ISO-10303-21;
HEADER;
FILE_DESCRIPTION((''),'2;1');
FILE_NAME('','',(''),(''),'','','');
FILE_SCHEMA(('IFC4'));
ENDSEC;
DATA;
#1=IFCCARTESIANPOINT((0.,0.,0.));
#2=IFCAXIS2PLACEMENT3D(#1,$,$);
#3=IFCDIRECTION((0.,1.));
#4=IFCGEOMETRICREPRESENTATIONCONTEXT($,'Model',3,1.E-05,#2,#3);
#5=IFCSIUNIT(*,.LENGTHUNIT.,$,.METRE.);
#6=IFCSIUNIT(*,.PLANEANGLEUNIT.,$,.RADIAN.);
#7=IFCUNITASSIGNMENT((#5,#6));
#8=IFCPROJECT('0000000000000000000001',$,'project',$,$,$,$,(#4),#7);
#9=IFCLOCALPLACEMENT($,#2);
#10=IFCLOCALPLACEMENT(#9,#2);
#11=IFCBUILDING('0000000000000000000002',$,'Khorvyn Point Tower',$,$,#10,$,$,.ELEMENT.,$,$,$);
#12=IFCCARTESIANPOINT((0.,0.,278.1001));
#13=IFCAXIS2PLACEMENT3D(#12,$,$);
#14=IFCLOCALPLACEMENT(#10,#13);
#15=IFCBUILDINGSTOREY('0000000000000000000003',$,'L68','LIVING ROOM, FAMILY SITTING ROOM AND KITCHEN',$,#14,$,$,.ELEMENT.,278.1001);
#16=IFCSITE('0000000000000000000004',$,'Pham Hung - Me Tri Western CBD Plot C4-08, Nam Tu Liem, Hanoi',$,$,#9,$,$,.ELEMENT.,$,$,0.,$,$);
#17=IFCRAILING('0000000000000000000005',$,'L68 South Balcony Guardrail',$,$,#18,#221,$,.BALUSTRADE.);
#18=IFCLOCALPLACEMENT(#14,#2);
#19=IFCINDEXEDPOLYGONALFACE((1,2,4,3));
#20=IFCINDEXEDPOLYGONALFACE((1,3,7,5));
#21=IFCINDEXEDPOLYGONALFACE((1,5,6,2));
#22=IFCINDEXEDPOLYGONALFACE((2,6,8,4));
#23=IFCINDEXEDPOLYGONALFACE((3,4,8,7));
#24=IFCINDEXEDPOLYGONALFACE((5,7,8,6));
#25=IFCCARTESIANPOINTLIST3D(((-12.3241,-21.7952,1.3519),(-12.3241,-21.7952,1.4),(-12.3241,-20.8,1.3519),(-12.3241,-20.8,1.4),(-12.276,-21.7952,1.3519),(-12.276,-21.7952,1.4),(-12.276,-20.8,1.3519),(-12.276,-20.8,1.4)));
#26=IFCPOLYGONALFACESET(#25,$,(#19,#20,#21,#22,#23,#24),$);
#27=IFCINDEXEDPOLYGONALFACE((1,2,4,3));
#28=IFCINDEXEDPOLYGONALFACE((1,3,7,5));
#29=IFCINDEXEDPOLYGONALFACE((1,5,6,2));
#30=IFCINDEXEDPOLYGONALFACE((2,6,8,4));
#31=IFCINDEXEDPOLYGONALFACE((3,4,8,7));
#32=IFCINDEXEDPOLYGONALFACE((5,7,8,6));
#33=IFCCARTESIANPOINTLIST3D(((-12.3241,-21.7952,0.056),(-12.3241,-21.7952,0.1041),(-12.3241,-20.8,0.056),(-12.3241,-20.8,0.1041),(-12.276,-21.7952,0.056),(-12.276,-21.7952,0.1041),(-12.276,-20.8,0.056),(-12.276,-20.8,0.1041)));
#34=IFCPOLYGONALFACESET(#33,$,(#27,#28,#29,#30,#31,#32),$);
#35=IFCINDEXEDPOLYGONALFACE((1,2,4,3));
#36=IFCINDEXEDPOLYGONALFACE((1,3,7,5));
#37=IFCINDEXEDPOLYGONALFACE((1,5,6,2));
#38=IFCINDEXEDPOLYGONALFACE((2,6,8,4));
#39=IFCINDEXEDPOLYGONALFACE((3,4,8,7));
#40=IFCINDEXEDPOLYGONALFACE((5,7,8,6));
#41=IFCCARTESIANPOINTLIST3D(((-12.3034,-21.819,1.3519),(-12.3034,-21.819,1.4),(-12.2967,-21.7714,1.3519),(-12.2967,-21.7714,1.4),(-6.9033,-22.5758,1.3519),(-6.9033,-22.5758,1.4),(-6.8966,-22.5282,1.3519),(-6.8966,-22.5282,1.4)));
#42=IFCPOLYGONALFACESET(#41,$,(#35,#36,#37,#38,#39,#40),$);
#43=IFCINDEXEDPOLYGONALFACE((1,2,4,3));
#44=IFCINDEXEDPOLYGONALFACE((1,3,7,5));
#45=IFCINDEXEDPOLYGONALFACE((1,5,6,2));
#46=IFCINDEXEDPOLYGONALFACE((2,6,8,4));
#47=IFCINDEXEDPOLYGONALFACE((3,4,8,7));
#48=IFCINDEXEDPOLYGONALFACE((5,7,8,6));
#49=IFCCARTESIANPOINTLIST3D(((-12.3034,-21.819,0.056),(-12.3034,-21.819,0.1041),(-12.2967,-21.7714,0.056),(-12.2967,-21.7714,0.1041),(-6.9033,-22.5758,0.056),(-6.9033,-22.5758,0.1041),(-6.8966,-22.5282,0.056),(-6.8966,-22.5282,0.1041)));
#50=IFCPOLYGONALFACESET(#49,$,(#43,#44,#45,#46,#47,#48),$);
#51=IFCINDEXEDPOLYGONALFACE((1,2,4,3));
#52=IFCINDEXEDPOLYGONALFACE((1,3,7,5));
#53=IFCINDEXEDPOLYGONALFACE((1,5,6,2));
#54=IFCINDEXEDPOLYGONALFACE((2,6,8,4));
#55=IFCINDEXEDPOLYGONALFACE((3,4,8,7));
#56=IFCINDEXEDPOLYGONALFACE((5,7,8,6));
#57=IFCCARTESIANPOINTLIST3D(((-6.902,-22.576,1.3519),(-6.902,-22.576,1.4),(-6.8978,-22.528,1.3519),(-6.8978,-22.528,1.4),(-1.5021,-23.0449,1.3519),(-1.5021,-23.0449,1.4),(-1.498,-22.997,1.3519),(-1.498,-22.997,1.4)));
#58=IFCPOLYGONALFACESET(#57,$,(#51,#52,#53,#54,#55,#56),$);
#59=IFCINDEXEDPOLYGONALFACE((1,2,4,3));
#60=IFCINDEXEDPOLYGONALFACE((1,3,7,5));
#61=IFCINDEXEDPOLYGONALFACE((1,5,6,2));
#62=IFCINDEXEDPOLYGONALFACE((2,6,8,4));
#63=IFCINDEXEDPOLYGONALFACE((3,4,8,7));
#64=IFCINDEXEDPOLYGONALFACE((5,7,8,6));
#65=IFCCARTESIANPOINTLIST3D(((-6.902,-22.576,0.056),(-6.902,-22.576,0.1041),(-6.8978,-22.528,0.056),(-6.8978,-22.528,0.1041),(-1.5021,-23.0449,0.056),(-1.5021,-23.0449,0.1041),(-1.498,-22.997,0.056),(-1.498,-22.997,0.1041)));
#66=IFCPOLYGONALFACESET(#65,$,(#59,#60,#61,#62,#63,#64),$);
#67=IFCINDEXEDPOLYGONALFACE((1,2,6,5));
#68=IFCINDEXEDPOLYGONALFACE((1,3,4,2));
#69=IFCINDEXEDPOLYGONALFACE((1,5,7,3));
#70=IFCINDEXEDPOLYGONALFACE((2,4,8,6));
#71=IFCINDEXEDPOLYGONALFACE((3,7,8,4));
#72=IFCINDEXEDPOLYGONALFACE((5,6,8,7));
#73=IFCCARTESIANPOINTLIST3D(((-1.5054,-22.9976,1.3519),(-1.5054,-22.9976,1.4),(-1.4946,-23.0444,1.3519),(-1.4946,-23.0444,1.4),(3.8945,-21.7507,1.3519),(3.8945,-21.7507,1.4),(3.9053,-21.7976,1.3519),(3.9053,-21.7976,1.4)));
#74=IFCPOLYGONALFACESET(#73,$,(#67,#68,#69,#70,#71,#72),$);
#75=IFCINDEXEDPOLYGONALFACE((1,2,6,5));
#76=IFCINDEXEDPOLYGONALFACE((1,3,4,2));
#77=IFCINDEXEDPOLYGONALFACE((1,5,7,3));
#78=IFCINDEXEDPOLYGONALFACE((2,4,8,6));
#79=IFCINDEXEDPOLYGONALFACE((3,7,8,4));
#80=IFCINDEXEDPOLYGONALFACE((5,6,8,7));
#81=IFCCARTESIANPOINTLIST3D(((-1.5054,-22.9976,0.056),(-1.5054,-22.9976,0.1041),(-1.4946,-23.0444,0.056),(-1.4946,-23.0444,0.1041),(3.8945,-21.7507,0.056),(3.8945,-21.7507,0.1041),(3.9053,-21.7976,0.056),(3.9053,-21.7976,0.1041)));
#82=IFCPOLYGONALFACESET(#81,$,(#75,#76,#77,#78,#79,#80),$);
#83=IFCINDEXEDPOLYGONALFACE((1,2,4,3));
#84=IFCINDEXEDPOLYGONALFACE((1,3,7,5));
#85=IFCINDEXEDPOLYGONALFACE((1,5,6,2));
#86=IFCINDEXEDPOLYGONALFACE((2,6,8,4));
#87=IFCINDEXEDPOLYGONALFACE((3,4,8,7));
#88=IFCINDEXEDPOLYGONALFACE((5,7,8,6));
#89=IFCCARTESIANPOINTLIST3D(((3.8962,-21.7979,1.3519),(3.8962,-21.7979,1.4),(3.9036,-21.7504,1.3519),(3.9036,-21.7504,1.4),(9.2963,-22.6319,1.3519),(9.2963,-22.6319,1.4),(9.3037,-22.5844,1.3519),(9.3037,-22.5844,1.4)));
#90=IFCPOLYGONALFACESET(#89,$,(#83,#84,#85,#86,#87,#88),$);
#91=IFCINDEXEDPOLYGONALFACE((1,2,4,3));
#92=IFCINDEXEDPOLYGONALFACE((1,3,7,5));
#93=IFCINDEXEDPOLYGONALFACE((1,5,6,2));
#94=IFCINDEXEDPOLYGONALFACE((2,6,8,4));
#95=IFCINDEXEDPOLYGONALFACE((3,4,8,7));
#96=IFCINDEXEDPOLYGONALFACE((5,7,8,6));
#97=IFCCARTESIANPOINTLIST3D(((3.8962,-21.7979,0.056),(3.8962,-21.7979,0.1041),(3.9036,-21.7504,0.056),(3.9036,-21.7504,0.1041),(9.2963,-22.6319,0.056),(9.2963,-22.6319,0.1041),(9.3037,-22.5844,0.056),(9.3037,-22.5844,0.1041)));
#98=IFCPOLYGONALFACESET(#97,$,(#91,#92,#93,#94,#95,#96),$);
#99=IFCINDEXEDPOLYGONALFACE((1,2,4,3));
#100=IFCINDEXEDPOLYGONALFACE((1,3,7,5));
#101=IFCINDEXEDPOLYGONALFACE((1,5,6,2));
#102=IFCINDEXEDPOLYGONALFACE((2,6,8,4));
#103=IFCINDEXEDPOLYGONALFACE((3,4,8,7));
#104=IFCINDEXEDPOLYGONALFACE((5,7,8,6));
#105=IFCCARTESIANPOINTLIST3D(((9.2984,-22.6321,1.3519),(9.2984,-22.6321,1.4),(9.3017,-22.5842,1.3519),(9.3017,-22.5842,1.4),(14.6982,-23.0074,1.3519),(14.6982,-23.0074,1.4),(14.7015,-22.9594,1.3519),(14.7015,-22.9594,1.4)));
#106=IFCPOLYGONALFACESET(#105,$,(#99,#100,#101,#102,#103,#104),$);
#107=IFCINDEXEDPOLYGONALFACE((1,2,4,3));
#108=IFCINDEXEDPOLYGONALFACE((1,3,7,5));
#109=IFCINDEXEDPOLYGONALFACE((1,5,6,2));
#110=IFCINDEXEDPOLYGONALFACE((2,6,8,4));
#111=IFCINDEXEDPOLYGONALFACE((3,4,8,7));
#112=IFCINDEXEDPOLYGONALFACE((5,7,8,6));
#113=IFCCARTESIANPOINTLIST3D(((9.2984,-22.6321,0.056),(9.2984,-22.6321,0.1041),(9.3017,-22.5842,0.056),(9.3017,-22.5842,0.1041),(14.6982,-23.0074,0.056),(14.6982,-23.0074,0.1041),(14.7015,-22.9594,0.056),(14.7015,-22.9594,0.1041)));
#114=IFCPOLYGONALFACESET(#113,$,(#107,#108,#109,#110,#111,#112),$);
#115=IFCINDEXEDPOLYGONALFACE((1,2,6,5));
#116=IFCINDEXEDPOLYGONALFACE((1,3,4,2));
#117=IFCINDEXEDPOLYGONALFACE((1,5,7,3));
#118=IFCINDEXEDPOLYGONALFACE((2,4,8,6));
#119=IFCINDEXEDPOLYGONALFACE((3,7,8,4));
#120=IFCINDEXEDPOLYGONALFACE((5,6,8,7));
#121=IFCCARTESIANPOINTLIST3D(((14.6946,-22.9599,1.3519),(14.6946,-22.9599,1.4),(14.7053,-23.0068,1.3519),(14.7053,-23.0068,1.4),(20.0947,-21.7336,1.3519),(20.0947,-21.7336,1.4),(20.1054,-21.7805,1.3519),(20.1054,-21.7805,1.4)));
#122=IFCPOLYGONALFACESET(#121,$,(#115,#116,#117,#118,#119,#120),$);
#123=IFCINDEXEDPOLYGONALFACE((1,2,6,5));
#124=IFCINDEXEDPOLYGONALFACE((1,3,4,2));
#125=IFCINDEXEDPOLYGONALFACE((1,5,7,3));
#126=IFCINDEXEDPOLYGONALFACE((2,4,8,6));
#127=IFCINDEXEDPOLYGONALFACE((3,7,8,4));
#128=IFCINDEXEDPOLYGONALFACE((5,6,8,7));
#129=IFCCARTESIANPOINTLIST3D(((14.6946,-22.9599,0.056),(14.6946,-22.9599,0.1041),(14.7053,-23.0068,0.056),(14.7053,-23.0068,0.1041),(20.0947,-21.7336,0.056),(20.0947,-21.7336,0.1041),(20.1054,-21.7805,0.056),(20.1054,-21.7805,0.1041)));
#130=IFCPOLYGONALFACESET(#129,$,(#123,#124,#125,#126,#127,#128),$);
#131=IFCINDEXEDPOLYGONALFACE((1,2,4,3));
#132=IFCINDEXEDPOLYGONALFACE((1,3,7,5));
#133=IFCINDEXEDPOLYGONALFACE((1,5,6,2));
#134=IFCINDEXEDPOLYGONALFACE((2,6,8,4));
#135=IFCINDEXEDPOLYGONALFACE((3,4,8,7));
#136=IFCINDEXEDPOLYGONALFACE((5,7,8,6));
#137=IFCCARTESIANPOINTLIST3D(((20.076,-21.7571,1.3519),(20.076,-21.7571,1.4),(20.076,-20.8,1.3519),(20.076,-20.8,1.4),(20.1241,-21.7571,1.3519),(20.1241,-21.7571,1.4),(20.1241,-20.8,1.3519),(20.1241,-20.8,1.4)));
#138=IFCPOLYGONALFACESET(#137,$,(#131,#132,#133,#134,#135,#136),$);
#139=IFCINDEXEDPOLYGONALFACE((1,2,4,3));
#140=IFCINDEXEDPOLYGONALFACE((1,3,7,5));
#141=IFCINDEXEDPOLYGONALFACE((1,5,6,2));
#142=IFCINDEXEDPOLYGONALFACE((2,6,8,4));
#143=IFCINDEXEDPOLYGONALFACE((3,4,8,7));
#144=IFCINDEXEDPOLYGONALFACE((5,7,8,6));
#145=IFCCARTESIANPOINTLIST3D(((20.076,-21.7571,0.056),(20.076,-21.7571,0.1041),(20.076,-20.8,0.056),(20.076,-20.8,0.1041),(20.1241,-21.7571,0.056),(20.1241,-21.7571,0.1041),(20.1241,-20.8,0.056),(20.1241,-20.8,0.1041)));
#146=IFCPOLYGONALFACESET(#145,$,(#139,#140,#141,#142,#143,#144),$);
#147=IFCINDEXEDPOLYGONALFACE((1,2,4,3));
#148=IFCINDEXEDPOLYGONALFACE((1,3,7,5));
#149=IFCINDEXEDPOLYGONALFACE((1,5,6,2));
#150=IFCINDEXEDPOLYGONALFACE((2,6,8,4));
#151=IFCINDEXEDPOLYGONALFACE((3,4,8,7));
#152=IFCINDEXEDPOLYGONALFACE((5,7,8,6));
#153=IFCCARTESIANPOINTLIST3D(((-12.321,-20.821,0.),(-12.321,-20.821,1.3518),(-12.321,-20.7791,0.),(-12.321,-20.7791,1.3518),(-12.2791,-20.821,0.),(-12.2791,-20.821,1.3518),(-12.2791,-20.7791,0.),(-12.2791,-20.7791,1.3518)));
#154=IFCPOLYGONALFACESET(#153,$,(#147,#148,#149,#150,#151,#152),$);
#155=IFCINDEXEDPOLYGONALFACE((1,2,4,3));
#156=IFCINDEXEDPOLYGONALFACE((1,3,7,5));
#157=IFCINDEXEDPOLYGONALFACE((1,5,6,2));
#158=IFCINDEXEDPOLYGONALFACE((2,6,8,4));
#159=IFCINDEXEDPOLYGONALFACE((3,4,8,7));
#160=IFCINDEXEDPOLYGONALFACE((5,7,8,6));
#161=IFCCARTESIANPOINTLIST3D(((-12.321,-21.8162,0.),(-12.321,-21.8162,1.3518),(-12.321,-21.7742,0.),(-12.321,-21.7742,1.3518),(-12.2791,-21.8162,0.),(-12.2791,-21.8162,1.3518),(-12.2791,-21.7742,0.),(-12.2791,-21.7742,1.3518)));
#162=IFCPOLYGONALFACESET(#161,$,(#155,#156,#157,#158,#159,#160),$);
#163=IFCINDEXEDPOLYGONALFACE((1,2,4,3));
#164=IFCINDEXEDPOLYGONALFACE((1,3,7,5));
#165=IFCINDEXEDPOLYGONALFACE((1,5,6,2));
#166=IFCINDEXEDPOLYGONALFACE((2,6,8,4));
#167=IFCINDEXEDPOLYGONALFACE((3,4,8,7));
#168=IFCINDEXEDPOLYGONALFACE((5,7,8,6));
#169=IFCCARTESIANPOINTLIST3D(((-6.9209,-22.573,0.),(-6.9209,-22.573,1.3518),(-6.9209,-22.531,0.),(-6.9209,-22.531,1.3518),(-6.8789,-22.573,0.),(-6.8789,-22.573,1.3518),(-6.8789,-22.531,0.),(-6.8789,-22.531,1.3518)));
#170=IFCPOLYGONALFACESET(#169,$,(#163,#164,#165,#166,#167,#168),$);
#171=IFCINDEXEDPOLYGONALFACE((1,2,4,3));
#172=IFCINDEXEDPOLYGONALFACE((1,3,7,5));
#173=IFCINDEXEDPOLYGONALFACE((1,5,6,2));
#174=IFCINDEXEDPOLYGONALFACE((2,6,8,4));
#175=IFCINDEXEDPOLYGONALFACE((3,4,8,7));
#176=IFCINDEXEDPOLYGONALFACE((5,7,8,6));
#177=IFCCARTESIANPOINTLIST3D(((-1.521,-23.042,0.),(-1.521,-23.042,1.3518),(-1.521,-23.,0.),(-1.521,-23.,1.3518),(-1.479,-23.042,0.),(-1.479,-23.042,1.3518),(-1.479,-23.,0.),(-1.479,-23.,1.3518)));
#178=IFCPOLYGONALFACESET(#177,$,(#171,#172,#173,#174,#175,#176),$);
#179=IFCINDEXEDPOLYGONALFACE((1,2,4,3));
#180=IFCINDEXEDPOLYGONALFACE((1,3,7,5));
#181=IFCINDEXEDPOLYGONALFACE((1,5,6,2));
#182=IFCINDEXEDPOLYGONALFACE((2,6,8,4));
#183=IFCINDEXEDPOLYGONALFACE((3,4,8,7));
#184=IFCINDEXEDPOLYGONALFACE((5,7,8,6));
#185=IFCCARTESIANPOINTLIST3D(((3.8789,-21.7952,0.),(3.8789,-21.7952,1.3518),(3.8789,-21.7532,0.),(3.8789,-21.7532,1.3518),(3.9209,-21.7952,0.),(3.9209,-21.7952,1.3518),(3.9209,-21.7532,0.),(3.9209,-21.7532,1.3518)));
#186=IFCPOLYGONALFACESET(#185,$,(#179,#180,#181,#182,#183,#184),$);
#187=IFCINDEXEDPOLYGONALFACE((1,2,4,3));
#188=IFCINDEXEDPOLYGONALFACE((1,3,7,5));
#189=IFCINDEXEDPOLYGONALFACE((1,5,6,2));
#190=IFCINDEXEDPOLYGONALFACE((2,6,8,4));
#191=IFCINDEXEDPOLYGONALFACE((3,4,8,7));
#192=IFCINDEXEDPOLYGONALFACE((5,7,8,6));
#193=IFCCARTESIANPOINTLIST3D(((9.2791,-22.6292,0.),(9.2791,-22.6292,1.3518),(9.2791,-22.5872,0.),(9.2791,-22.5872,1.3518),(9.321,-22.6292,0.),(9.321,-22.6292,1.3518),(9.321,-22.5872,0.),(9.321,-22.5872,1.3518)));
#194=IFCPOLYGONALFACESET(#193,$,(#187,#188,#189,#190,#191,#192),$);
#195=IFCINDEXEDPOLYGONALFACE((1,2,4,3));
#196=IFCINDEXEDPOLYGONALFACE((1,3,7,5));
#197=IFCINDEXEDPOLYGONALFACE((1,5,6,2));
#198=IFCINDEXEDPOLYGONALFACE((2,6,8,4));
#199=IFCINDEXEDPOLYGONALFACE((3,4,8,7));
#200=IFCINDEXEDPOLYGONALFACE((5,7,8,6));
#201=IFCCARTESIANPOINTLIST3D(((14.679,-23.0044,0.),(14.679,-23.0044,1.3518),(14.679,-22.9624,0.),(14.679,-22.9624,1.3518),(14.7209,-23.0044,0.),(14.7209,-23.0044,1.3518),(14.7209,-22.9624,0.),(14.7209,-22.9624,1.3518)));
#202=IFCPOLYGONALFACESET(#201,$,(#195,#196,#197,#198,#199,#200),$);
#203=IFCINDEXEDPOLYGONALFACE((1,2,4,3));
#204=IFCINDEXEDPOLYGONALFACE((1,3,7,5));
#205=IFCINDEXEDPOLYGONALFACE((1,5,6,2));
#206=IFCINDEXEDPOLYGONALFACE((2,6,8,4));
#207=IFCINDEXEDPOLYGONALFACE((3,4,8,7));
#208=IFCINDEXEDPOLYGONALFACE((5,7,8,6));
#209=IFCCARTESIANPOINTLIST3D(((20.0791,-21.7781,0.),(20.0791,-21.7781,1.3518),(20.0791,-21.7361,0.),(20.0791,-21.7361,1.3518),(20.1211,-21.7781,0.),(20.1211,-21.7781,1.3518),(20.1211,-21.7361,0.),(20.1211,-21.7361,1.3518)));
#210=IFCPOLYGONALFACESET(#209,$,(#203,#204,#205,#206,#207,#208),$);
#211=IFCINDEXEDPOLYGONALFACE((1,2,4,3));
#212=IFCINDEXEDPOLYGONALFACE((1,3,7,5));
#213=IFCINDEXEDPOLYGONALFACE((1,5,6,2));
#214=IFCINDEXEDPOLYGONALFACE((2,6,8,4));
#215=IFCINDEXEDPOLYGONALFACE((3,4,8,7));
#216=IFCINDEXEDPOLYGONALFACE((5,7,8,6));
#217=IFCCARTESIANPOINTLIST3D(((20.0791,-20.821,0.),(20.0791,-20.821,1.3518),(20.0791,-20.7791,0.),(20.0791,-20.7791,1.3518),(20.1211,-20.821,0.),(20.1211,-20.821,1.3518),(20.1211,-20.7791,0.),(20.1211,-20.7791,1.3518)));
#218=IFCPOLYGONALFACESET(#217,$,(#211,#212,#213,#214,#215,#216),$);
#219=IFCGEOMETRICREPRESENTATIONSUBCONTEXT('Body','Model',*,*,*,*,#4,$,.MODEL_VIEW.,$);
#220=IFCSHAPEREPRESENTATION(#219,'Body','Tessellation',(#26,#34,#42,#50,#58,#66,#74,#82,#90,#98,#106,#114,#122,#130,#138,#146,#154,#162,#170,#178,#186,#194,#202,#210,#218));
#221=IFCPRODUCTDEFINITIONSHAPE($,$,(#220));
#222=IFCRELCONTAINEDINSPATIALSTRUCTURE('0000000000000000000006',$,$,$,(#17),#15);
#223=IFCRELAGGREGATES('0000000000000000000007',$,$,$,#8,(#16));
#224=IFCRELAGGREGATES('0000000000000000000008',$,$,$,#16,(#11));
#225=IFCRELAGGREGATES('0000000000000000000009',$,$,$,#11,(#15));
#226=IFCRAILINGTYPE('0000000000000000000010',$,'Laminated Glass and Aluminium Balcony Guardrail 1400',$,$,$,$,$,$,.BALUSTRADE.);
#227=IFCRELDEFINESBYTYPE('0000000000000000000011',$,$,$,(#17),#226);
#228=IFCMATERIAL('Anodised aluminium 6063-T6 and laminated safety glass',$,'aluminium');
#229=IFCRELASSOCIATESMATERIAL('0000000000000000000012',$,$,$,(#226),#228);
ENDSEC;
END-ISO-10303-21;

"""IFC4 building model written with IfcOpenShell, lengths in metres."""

from ifc_helpers import new_model, si_unit, direction, frame, origin, origin_2d, place, context, subcontext, project, spatial, rectangle, extrude, material, type_object, element, save


model = new_model("IFC4")

# Units and contexts
model_context = context("Model", 3, precision=1e-05, world=origin(), true_north=direction((0.0, 1.0)))
body_context = subcontext(model_context, "Body", "Model", "MODEL_VIEW")
ifc_project = project(units=[si_unit("LENGTHUNIT", "METRE"), si_unit("PLANEANGLEUNIT", "RADIAN")], contexts=[model_context])

# Site, building, storey
site_placement = place(None, origin())
site = spatial("IfcSite", under=ifc_project, at=site_placement, Name="Pham Hung - Me Tri Western CBD Plot C4-08, Nam Tu Liem, Hanoi", CompositionType="ELEMENT", RefElevation=0.0)
building_placement = place(site_placement, origin())
building = spatial("IfcBuilding", under=site, at=building_placement, Name="Khorvyn Point Tower", CompositionType="ELEMENT")
storey_placement = place(building_placement, frame((0.0, 0.0, 278.1001)))
storey = spatial("IfcBuildingStorey", under=building, at=storey_placement, Name="L68", Description="LIVING ROOM, FAMILY SITTING ROOM AND KITCHEN", CompositionType="ELEMENT", Elevation=278.1001)

# Railing
ifc_material_1 = material(Name="Anodised aluminium 6063-T6 and laminated safety glass", Category="aluminium")
railing_type = type_object("IfcRailingType", Name="Laminated Glass and Aluminium Balcony Guardrail 1400", PredefinedType="BALUSTRADE", material=ifc_material_1)
railing_1_placement = place(storey_placement, frame((-12.3, -20.8, 0.0)))
element("IfcRailing", 1, at=railing_1_placement, inside=storey, type_object=railing_type, Name="L68 South Balcony Guardrail", PredefinedType="BALUSTRADE", context=body_context, shape_type="SweptSolid", body=[
    extrude(rectangle(XDim=0.0481, YDim=0.0481, at=origin_2d()), frame((0.0, 0.0, 1.376), z_axis=(0.0, -1.0, 0.0), x_axis=(1.0, 0.0, 0.0)), (0.0, 0.0, 1.0), 0.9951),
    extrude(rectangle(XDim=0.0481, YDim=0.0481, at=origin_2d()), frame((0.0, 0.0, 0.0801), z_axis=(0.0, -1.0, 0.0), x_axis=(1.0, 0.0, 0.0)), (0.0, 0.0, 1.0), 0.9951),
    extrude(rectangle(XDim=0.0481, YDim=0.0481, at=origin_2d()), frame((0.0, -0.9951, 1.376), z_axis=(0.990321, -0.138795, 0.0), x_axis=(0.138795, 0.990321, 0.0)), (0.0, 0.0, 1.0), 5.4529),
    extrude(rectangle(XDim=0.0481, YDim=0.0481, at=origin_2d()), frame((0.0, -0.9951, 0.0801), z_axis=(0.990321, -0.138795, 0.0), x_axis=(0.138795, 0.990321, 0.0)), (0.0, 0.0, 1.0), 5.4529),
    extrude(rectangle(XDim=0.0481, YDim=0.0481, at=origin_2d()), frame((5.4001, -1.752, 1.376), z_axis=(0.99625, -0.086527, 0.0), x_axis=(0.086527, 0.99625, 0.0)), (0.0, 0.0, 1.0), 5.4202),
    extrude(rectangle(XDim=0.0481, YDim=0.0481, at=origin_2d()), frame((5.4001, -1.752, 0.0801), z_axis=(0.99625, -0.086527, 0.0), x_axis=(0.086527, 0.99625, 0.0)), (0.0, 0.0, 1.0), 5.4202),
    extrude(rectangle(XDim=0.0481, YDim=0.0481, at=origin_2d()), frame((10.8, -2.2209, 1.376), z_axis=(0.974364, 0.224979, 0.0), x_axis=(-0.224979, 0.974364, 0.0)), (0.0, 0.0, 1.0), 5.542),
    extrude(rectangle(XDim=0.0481, YDim=0.0481, at=origin_2d()), frame((10.8, -2.2209, 0.0801), z_axis=(0.974364, 0.224979, 0.0), x_axis=(-0.224979, 0.974364, 0.0)), (0.0, 0.0, 1.0), 5.542),
    extrude(rectangle(XDim=0.0481, YDim=0.0481, at=origin_2d()), frame((16.2, -0.9741, 1.376), z_axis=(0.988284, -0.152628, 0.0), x_axis=(0.152628, 0.988284, 0.0)), (0.0, 0.0, 1.0), 5.4641),
    extrude(rectangle(XDim=0.0481, YDim=0.0481, at=origin_2d()), frame((16.2, -0.9741, 0.0801), z_axis=(0.988284, -0.152628, 0.0), x_axis=(0.152628, 0.988284, 0.0)), (0.0, 0.0, 1.0), 5.4641),
    extrude(rectangle(XDim=0.0481, YDim=0.0481, at=origin_2d()), frame((21.6001, -1.8081, 1.376), z_axis=(0.997594, -0.069324, 0.0), x_axis=(0.069324, 0.997594, 0.0)), (0.0, 0.0, 1.0), 5.4128),
    extrude(rectangle(XDim=0.0481, YDim=0.0481, at=origin_2d()), frame((21.6001, -1.8081, 0.0801), z_axis=(0.997594, -0.069324, 0.0), x_axis=(0.069324, 0.997594, 0.0)), (0.0, 0.0, 1.0), 5.4128),
    extrude(rectangle(XDim=0.0481, YDim=0.0481, at=origin_2d()), frame((27.0, -2.1833, 1.376), z_axis=(0.975171, 0.221452, 0.0), x_axis=(-0.221452, 0.975171, 0.0)), (0.0, 0.0, 1.0), 5.5376),
    extrude(rectangle(XDim=0.0481, YDim=0.0481, at=origin_2d()), frame((27.0, -2.1833, 0.0801), z_axis=(0.975171, 0.221452, 0.0), x_axis=(-0.221452, 0.975171, 0.0)), (0.0, 0.0, 1.0), 5.5376),
    extrude(rectangle(XDim=0.0481, YDim=0.0481, at=origin_2d()), frame((32.4001, -0.957, 1.376), z_axis=(0.0, 1.0, 0.0), x_axis=(-1.0, 0.0, 0.0)), (0.0, 0.0, 1.0), 0.957),
    extrude(rectangle(XDim=0.0481, YDim=0.0481, at=origin_2d()), frame((32.4001, -0.957, 0.0801), z_axis=(0.0, 1.0, 0.0), x_axis=(-1.0, 0.0, 0.0)), (0.0, 0.0, 1.0), 0.957),
    extrude(rectangle(XDim=0.042, YDim=0.042, at=origin_2d()), origin(), (0.0, 0.0, 1.0), 1.3518),
    extrude(rectangle(XDim=0.042, YDim=0.042, at=origin_2d()), frame((0.0, -0.9951, 0.0)), (0.0, 0.0, 1.0), 1.3518),
    extrude(rectangle(XDim=0.042, YDim=0.042, at=origin_2d()), frame((5.4001, -1.752, 0.0)), (0.0, 0.0, 1.0), 1.3518),
    extrude(rectangle(XDim=0.042, YDim=0.042, at=origin_2d()), frame((10.8, -2.2209, 0.0)), (0.0, 0.0, 1.0), 1.3518),
    extrude(rectangle(XDim=0.042, YDim=0.042, at=origin_2d()), frame((16.2, -0.9741, 0.0)), (0.0, 0.0, 1.0), 1.3518),
    extrude(rectangle(XDim=0.042, YDim=0.042, at=origin_2d()), frame((21.6001, -1.8081, 0.0)), (0.0, 0.0, 1.0), 1.3518),
    extrude(rectangle(XDim=0.042, YDim=0.042, at=origin_2d()), frame((27.0, -2.1833, 0.0)), (0.0, 0.0, 1.0), 1.3518),
    extrude(rectangle(XDim=0.042, YDim=0.042, at=origin_2d()), frame((32.4001, -0.957, 0.0)), (0.0, 0.0, 1.0), 1.3518),
    extrude(rectangle(XDim=0.042, YDim=0.042, at=origin_2d()), frame((32.4001, 0.0, 0.0)), (0.0, 0.0, 1.0), 1.3518),
])

save(model, "model.ifc")
